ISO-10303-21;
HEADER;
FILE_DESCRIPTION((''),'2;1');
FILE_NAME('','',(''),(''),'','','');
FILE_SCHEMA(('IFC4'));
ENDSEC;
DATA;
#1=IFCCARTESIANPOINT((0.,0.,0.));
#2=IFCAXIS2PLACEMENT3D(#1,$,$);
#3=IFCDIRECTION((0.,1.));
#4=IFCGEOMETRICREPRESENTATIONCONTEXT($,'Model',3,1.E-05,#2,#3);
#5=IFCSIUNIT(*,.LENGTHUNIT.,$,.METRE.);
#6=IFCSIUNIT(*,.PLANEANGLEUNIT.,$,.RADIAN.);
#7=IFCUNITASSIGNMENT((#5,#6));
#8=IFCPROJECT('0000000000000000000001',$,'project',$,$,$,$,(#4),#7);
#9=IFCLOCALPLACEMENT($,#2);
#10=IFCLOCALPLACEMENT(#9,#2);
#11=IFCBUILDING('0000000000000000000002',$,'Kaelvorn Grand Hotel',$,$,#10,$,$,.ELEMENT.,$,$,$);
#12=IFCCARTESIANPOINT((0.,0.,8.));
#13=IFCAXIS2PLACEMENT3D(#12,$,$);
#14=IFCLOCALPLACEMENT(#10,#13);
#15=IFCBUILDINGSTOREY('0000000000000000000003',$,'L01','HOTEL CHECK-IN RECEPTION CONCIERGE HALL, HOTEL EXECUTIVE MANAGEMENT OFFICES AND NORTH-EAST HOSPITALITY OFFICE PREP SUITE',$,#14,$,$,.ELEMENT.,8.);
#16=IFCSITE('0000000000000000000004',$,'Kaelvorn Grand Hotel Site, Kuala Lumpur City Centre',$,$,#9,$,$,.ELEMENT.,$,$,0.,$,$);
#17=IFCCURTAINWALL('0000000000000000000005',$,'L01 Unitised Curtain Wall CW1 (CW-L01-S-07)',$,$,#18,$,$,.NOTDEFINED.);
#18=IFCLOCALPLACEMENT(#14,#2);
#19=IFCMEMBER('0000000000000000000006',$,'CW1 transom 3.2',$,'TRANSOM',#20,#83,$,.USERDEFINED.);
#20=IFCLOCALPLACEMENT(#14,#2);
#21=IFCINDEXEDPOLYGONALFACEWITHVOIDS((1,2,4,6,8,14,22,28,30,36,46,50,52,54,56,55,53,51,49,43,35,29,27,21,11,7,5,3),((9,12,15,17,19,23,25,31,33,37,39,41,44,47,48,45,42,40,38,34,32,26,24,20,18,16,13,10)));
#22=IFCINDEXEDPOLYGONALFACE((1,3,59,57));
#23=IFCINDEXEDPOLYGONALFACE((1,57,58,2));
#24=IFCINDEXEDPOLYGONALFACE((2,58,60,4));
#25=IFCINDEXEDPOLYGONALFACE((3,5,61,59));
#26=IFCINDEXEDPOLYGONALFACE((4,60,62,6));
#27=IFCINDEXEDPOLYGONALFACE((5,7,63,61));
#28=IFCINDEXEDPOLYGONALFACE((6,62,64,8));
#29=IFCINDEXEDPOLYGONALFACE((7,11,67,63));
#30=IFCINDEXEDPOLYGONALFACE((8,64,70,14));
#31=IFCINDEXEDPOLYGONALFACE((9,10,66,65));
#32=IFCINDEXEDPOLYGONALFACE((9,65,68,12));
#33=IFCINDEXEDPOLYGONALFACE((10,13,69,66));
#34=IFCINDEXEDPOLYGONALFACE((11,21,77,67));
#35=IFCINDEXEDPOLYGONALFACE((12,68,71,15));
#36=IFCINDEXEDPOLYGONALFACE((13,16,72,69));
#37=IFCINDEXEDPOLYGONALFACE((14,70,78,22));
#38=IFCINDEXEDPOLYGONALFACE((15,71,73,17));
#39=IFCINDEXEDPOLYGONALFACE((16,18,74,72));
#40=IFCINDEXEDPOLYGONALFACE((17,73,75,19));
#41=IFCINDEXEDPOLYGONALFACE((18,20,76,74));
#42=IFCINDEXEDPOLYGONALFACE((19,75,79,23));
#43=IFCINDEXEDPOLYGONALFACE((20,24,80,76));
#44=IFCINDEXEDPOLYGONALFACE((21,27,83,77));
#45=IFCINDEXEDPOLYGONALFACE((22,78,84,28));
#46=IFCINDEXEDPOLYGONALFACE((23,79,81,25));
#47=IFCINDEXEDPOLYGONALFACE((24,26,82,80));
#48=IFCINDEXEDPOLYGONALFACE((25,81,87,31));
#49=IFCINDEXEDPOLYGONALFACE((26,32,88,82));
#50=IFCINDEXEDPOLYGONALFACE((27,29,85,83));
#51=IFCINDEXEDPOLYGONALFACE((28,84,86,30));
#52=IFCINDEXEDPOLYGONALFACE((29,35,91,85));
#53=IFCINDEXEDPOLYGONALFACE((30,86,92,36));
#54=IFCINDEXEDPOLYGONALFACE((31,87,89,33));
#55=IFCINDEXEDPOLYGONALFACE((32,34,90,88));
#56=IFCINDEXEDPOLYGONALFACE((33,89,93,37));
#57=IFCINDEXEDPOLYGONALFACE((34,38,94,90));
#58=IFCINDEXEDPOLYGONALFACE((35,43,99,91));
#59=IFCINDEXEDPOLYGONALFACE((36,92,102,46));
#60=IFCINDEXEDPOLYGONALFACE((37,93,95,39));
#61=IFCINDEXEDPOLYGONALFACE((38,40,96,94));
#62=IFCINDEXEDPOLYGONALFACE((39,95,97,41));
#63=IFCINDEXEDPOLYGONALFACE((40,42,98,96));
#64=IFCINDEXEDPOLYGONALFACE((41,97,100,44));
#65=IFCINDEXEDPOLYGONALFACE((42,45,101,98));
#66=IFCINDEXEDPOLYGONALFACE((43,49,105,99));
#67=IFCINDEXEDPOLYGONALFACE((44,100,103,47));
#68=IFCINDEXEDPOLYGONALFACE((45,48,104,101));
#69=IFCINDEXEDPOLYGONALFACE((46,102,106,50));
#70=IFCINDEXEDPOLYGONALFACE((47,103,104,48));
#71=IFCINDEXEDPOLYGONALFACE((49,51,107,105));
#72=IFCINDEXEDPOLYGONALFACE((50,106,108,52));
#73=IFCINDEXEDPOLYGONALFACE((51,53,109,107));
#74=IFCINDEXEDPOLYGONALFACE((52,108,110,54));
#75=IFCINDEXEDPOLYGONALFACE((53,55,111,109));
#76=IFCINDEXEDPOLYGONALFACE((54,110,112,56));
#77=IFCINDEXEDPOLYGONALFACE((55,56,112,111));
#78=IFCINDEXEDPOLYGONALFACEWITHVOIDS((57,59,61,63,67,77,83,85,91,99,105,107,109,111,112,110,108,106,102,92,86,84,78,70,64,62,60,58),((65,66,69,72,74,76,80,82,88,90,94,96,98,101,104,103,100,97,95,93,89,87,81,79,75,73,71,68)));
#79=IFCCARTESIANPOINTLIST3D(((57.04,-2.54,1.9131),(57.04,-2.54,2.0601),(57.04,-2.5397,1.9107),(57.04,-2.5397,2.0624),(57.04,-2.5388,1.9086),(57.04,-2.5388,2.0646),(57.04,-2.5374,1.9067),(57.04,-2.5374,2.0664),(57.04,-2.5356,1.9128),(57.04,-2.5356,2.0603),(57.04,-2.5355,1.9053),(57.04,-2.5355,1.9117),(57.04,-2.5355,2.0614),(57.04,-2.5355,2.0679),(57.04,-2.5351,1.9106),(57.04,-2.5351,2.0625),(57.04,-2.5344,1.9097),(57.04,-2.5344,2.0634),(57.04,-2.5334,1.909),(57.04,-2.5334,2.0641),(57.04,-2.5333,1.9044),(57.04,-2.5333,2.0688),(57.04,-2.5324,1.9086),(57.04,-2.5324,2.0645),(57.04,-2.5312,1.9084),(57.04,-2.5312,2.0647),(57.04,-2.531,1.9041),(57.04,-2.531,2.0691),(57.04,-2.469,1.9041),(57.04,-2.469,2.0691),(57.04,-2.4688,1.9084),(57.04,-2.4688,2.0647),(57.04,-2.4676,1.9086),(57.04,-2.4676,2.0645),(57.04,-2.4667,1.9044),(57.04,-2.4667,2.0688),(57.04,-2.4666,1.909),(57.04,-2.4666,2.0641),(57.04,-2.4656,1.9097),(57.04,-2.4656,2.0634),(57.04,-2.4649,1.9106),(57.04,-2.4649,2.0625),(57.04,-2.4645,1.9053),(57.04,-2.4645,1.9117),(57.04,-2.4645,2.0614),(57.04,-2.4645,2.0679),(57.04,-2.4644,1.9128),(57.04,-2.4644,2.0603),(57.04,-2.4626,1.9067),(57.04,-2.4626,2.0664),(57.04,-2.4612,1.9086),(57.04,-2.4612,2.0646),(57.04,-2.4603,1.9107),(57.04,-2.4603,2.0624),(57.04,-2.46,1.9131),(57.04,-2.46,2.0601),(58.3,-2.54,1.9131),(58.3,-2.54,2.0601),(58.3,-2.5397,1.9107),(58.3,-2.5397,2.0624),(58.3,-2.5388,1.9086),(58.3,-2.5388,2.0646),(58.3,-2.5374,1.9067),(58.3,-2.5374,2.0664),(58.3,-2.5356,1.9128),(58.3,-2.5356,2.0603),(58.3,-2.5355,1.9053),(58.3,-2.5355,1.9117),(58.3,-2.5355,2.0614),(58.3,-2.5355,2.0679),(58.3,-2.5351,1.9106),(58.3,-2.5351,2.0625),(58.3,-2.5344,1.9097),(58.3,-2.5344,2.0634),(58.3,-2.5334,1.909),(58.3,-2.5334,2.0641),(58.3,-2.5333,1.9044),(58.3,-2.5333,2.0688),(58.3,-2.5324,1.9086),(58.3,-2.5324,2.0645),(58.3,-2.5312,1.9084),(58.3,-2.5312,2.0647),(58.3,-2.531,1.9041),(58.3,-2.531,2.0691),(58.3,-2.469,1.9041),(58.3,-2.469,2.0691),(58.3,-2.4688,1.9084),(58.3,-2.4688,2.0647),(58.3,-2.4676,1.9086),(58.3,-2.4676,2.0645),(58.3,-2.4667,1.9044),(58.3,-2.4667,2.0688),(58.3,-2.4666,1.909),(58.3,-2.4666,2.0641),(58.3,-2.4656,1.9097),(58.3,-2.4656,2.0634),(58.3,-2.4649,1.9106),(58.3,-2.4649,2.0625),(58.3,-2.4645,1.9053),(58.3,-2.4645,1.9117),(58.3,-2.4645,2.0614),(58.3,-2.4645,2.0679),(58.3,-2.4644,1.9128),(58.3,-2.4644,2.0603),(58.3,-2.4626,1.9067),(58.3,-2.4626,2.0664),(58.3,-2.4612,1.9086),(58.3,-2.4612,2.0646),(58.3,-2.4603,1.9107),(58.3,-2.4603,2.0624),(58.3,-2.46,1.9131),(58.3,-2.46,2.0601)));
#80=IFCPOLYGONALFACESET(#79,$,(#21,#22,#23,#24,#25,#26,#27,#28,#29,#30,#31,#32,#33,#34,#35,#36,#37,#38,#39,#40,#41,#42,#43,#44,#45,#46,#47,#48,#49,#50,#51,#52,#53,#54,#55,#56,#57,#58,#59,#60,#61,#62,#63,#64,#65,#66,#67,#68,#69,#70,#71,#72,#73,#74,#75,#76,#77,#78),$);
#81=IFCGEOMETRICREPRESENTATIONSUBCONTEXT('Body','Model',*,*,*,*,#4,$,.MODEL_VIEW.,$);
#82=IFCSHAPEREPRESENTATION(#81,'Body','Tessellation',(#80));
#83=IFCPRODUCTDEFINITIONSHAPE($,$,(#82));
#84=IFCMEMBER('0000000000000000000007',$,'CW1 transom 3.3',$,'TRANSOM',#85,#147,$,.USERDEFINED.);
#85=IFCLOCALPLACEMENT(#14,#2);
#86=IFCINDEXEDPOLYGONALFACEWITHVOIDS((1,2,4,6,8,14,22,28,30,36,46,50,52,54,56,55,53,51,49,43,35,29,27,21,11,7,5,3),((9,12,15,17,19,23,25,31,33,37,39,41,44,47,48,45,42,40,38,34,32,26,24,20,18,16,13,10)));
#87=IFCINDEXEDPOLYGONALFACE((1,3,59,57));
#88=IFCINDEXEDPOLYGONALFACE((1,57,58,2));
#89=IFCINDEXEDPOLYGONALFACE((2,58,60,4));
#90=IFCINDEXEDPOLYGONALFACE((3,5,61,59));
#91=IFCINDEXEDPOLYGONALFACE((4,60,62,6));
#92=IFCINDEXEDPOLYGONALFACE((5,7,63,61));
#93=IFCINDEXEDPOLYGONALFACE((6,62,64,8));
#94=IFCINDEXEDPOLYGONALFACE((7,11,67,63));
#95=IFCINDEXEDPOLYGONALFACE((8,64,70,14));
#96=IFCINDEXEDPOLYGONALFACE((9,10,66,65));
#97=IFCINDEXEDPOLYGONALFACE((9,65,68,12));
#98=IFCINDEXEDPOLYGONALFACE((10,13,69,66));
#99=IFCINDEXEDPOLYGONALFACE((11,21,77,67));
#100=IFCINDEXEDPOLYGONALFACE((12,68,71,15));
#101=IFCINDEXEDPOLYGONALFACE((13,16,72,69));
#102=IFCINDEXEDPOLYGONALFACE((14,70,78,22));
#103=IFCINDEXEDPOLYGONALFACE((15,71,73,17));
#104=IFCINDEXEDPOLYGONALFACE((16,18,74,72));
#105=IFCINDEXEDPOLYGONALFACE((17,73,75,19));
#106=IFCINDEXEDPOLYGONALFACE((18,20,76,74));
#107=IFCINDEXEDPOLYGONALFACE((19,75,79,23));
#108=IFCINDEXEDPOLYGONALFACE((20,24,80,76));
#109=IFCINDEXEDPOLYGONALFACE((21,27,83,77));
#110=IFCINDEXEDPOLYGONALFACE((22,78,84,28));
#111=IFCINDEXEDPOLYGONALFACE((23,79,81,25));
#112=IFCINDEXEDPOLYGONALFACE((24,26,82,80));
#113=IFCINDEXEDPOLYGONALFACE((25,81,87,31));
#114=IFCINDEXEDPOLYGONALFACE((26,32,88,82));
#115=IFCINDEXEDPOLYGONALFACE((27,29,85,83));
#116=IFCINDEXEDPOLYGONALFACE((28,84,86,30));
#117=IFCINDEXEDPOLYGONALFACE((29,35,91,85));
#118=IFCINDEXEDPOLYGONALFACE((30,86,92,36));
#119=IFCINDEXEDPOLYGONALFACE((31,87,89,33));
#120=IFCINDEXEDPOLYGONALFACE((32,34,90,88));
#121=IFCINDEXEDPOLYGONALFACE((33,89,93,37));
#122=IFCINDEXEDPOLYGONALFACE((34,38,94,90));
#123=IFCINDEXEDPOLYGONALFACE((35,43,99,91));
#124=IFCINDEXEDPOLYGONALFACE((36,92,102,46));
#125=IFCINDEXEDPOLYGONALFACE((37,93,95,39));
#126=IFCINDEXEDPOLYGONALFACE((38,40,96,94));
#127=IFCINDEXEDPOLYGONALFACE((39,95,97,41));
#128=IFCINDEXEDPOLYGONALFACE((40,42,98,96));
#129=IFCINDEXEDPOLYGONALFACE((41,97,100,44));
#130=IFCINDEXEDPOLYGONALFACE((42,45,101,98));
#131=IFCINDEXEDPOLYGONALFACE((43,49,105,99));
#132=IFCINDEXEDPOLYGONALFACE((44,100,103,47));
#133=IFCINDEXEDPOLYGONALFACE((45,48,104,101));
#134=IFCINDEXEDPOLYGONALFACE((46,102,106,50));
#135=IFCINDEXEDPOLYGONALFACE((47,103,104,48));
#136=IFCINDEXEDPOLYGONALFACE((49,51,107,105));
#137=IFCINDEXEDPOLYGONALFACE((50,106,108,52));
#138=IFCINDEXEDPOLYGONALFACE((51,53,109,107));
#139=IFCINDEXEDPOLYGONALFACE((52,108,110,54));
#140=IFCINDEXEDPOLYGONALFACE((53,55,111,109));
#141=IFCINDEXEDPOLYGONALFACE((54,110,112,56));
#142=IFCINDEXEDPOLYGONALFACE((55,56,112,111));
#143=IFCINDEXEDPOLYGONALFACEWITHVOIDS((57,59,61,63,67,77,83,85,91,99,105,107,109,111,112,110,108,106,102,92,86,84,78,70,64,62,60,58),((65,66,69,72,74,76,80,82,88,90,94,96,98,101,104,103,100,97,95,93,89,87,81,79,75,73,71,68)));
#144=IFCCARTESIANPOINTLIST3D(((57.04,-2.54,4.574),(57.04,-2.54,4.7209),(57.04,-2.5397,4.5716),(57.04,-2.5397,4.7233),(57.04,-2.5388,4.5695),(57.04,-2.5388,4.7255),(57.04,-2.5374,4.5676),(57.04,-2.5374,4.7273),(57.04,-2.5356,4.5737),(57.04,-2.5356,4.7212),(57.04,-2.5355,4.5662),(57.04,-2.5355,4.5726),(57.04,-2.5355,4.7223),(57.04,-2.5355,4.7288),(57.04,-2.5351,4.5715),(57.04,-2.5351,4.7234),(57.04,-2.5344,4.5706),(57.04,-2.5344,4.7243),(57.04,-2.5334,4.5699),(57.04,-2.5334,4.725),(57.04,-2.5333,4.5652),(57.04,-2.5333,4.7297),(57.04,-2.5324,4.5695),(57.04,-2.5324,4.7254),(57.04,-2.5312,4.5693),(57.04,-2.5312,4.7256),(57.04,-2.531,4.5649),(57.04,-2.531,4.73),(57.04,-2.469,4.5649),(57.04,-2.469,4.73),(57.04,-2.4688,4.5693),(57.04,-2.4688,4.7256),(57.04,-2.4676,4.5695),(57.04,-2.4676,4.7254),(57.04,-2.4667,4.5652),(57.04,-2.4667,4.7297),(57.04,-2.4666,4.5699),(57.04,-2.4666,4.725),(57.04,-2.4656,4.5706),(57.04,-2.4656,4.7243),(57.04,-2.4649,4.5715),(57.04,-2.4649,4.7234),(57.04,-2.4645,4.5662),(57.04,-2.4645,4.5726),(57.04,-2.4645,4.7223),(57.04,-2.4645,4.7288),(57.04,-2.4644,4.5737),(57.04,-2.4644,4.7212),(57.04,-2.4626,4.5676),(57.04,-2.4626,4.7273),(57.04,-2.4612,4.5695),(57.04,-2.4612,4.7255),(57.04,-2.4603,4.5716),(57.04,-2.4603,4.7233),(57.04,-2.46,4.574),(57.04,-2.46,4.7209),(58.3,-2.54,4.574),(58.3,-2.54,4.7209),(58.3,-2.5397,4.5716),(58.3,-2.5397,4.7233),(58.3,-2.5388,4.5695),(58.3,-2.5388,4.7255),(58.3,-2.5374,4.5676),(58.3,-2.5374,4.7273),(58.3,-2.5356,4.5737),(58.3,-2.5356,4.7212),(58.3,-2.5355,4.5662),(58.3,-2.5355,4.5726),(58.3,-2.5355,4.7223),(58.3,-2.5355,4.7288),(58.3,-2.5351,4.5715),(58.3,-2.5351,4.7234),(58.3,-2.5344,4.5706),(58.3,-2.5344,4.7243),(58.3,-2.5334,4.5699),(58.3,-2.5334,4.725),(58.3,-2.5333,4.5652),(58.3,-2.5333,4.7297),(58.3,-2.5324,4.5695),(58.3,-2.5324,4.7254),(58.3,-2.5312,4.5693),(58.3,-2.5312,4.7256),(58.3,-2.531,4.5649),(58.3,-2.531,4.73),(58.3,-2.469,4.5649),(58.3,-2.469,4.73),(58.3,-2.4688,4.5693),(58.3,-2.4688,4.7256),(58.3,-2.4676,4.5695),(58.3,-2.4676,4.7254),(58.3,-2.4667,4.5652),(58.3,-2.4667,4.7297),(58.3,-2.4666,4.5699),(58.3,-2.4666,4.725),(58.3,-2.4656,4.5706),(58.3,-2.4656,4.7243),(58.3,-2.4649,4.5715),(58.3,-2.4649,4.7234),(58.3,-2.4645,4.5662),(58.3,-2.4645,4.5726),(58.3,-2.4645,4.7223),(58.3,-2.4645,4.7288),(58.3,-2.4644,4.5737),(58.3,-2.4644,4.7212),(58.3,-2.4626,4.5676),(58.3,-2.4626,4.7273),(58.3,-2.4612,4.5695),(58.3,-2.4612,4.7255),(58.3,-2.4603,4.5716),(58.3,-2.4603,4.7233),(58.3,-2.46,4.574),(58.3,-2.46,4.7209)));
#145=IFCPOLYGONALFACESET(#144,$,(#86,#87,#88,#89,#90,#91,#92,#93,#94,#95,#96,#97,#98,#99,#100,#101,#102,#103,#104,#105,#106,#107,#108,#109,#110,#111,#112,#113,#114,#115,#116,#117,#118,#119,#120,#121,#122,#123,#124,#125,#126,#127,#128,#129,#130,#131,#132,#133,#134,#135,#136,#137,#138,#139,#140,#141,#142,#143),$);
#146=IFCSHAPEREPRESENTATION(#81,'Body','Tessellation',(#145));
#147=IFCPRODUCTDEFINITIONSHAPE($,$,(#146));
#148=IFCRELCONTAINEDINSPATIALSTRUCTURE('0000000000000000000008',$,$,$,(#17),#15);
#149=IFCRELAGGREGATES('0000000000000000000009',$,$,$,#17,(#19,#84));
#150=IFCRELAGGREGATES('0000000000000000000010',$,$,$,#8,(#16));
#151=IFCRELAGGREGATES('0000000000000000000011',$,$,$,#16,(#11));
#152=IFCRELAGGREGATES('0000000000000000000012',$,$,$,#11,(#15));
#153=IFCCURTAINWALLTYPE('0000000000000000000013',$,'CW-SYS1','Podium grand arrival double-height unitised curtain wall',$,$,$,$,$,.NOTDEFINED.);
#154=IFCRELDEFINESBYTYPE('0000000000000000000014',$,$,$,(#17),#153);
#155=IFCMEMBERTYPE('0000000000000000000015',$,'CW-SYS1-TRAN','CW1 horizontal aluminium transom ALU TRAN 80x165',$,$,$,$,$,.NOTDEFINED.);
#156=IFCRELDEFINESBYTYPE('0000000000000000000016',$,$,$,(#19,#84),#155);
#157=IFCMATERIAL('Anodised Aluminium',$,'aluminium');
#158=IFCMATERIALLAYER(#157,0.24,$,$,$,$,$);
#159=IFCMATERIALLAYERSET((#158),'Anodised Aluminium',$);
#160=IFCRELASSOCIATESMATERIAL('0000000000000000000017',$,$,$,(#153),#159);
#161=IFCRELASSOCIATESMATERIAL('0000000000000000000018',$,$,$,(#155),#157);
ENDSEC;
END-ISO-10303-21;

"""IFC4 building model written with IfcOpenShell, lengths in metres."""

from ifc_helpers import new_model, si_unit, direction, frame, origin, origin_2d, place, context, subcontext, project, spatial, hollow_rectangle, extrude, material, layer, layer_set, material_profile, profile_set, type_object, element, aggregate, save


model = new_model("IFC4")

# Units and contexts
model_context = context("Model", 3, precision=1e-05, world=origin(), true_north=direction((0.0, 1.0)))
body_context = subcontext(model_context, "Body", "Model", "MODEL_VIEW")
ifc_project = project(units=[si_unit("LENGTHUNIT", "METRE"), si_unit("PLANEANGLEUNIT", "RADIAN")], contexts=[model_context])

# Site, building, storey
site_placement = place(None, origin())
site = spatial("IfcSite", under=ifc_project, at=site_placement, Name="Kaelvorn Grand Hotel Site, Kuala Lumpur City Centre", CompositionType="ELEMENT", RefElevation=0.0)
building_placement = place(site_placement, origin())
building = spatial("IfcBuilding", under=site, at=building_placement, Name="Kaelvorn Grand Hotel", CompositionType="ELEMENT")
storey_placement = place(building_placement, frame((0.0, 0.0, 8.0)))
storey = spatial("IfcBuildingStorey", under=building, at=storey_placement, Name="L01", Description="HOTEL CHECK-IN RECEPTION CONCIERGE HALL, HOTEL EXECUTIVE MANAGEMENT OFFICES AND NORTH-EAST HOSPITALITY OFFICE PREP SUITE", CompositionType="ELEMENT", Elevation=8.0)

# Curtain wall
ifc_material_1 = material(Name="Anodised Aluminium", Category="aluminium")
ifc_layer_1 = layer(ifc_material_1, 0.24)
ifc_layer_set_1 = layer_set([ifc_layer_1], Name="Anodised Aluminium")
curtain_wall_type = type_object("IfcCurtainWallType", Name="CW-SYS1", Description="Podium grand arrival double-height unitised curtain wall", PredefinedType="NOTDEFINED", material=ifc_layer_set_1)
curtain_wall_1_placement = place(storey_placement, origin())
curtain_wall_1 = element("IfcCurtainWall", 1, at=curtain_wall_1_placement, inside=storey, type_object=curtain_wall_type, Name="L01 Unitised Curtain Wall CW1 (CW-L01-S-07)", PredefinedType="NOTDEFINED")

# Members
ifc_material_profile_1 = material_profile(ifc_material_1, hollow_rectangle(XDim=0.0801, YDim=0.165, WallThickness=0.0044, InnerFilletRadius=0.0044, OuterFilletRadius=0.009, at=origin_2d()), Name="ALU TRAN 80x165")
ifc_profile_set_1 = profile_set([ifc_material_profile_1], Name="Anodised Aluminium")
member_type_1 = type_object("IfcMemberType", Name="CW-SYS1-TRAN", Description="CW1 horizontal aluminium transom ALU TRAN 80x165", PredefinedType="NOTDEFINED", material=ifc_profile_set_1)
member_1_placement = place(storey_placement, frame((57.04, -2.5, 1.9866), z_axis=(1.0, 0.0, 0.0), x_axis=(0.0, 1.0, 0.0)))
member_1 = element("IfcMember", 2, at=member_1_placement, type_object=member_type_1, Name="CW1 transom 3.2", ObjectType="TRANSOM", PredefinedType="USERDEFINED", context=body_context, shape_type="SweptSolid", body=[
    extrude(hollow_rectangle(XDim=0.0801, YDim=0.165, WallThickness=0.0044, InnerFilletRadius=0.0044, OuterFilletRadius=0.009, at=origin_2d()), origin(), (0.0, 0.0, 1.0), 1.26),
])
member_2_placement = place(storey_placement, frame((57.04, -2.5, 4.6475), z_axis=(1.0, 0.0, 0.0), x_axis=(0.0, 1.0, 0.0)))
member_2 = element("IfcMember", 3, at=member_2_placement, type_object=member_type_1, Name="CW1 transom 3.3", ObjectType="TRANSOM", PredefinedType="USERDEFINED", context=body_context, shape_type="SweptSolid", body=[
    extrude(hollow_rectangle(XDim=0.0801, YDim=0.165, WallThickness=0.0044, InnerFilletRadius=0.0044, OuterFilletRadius=0.009, at=origin_2d()), origin(), (0.0, 0.0, 1.0), 1.26),
])

aggregate(curtain_wall_1, [member_1, member_2])

save(model, "model.ifc")
